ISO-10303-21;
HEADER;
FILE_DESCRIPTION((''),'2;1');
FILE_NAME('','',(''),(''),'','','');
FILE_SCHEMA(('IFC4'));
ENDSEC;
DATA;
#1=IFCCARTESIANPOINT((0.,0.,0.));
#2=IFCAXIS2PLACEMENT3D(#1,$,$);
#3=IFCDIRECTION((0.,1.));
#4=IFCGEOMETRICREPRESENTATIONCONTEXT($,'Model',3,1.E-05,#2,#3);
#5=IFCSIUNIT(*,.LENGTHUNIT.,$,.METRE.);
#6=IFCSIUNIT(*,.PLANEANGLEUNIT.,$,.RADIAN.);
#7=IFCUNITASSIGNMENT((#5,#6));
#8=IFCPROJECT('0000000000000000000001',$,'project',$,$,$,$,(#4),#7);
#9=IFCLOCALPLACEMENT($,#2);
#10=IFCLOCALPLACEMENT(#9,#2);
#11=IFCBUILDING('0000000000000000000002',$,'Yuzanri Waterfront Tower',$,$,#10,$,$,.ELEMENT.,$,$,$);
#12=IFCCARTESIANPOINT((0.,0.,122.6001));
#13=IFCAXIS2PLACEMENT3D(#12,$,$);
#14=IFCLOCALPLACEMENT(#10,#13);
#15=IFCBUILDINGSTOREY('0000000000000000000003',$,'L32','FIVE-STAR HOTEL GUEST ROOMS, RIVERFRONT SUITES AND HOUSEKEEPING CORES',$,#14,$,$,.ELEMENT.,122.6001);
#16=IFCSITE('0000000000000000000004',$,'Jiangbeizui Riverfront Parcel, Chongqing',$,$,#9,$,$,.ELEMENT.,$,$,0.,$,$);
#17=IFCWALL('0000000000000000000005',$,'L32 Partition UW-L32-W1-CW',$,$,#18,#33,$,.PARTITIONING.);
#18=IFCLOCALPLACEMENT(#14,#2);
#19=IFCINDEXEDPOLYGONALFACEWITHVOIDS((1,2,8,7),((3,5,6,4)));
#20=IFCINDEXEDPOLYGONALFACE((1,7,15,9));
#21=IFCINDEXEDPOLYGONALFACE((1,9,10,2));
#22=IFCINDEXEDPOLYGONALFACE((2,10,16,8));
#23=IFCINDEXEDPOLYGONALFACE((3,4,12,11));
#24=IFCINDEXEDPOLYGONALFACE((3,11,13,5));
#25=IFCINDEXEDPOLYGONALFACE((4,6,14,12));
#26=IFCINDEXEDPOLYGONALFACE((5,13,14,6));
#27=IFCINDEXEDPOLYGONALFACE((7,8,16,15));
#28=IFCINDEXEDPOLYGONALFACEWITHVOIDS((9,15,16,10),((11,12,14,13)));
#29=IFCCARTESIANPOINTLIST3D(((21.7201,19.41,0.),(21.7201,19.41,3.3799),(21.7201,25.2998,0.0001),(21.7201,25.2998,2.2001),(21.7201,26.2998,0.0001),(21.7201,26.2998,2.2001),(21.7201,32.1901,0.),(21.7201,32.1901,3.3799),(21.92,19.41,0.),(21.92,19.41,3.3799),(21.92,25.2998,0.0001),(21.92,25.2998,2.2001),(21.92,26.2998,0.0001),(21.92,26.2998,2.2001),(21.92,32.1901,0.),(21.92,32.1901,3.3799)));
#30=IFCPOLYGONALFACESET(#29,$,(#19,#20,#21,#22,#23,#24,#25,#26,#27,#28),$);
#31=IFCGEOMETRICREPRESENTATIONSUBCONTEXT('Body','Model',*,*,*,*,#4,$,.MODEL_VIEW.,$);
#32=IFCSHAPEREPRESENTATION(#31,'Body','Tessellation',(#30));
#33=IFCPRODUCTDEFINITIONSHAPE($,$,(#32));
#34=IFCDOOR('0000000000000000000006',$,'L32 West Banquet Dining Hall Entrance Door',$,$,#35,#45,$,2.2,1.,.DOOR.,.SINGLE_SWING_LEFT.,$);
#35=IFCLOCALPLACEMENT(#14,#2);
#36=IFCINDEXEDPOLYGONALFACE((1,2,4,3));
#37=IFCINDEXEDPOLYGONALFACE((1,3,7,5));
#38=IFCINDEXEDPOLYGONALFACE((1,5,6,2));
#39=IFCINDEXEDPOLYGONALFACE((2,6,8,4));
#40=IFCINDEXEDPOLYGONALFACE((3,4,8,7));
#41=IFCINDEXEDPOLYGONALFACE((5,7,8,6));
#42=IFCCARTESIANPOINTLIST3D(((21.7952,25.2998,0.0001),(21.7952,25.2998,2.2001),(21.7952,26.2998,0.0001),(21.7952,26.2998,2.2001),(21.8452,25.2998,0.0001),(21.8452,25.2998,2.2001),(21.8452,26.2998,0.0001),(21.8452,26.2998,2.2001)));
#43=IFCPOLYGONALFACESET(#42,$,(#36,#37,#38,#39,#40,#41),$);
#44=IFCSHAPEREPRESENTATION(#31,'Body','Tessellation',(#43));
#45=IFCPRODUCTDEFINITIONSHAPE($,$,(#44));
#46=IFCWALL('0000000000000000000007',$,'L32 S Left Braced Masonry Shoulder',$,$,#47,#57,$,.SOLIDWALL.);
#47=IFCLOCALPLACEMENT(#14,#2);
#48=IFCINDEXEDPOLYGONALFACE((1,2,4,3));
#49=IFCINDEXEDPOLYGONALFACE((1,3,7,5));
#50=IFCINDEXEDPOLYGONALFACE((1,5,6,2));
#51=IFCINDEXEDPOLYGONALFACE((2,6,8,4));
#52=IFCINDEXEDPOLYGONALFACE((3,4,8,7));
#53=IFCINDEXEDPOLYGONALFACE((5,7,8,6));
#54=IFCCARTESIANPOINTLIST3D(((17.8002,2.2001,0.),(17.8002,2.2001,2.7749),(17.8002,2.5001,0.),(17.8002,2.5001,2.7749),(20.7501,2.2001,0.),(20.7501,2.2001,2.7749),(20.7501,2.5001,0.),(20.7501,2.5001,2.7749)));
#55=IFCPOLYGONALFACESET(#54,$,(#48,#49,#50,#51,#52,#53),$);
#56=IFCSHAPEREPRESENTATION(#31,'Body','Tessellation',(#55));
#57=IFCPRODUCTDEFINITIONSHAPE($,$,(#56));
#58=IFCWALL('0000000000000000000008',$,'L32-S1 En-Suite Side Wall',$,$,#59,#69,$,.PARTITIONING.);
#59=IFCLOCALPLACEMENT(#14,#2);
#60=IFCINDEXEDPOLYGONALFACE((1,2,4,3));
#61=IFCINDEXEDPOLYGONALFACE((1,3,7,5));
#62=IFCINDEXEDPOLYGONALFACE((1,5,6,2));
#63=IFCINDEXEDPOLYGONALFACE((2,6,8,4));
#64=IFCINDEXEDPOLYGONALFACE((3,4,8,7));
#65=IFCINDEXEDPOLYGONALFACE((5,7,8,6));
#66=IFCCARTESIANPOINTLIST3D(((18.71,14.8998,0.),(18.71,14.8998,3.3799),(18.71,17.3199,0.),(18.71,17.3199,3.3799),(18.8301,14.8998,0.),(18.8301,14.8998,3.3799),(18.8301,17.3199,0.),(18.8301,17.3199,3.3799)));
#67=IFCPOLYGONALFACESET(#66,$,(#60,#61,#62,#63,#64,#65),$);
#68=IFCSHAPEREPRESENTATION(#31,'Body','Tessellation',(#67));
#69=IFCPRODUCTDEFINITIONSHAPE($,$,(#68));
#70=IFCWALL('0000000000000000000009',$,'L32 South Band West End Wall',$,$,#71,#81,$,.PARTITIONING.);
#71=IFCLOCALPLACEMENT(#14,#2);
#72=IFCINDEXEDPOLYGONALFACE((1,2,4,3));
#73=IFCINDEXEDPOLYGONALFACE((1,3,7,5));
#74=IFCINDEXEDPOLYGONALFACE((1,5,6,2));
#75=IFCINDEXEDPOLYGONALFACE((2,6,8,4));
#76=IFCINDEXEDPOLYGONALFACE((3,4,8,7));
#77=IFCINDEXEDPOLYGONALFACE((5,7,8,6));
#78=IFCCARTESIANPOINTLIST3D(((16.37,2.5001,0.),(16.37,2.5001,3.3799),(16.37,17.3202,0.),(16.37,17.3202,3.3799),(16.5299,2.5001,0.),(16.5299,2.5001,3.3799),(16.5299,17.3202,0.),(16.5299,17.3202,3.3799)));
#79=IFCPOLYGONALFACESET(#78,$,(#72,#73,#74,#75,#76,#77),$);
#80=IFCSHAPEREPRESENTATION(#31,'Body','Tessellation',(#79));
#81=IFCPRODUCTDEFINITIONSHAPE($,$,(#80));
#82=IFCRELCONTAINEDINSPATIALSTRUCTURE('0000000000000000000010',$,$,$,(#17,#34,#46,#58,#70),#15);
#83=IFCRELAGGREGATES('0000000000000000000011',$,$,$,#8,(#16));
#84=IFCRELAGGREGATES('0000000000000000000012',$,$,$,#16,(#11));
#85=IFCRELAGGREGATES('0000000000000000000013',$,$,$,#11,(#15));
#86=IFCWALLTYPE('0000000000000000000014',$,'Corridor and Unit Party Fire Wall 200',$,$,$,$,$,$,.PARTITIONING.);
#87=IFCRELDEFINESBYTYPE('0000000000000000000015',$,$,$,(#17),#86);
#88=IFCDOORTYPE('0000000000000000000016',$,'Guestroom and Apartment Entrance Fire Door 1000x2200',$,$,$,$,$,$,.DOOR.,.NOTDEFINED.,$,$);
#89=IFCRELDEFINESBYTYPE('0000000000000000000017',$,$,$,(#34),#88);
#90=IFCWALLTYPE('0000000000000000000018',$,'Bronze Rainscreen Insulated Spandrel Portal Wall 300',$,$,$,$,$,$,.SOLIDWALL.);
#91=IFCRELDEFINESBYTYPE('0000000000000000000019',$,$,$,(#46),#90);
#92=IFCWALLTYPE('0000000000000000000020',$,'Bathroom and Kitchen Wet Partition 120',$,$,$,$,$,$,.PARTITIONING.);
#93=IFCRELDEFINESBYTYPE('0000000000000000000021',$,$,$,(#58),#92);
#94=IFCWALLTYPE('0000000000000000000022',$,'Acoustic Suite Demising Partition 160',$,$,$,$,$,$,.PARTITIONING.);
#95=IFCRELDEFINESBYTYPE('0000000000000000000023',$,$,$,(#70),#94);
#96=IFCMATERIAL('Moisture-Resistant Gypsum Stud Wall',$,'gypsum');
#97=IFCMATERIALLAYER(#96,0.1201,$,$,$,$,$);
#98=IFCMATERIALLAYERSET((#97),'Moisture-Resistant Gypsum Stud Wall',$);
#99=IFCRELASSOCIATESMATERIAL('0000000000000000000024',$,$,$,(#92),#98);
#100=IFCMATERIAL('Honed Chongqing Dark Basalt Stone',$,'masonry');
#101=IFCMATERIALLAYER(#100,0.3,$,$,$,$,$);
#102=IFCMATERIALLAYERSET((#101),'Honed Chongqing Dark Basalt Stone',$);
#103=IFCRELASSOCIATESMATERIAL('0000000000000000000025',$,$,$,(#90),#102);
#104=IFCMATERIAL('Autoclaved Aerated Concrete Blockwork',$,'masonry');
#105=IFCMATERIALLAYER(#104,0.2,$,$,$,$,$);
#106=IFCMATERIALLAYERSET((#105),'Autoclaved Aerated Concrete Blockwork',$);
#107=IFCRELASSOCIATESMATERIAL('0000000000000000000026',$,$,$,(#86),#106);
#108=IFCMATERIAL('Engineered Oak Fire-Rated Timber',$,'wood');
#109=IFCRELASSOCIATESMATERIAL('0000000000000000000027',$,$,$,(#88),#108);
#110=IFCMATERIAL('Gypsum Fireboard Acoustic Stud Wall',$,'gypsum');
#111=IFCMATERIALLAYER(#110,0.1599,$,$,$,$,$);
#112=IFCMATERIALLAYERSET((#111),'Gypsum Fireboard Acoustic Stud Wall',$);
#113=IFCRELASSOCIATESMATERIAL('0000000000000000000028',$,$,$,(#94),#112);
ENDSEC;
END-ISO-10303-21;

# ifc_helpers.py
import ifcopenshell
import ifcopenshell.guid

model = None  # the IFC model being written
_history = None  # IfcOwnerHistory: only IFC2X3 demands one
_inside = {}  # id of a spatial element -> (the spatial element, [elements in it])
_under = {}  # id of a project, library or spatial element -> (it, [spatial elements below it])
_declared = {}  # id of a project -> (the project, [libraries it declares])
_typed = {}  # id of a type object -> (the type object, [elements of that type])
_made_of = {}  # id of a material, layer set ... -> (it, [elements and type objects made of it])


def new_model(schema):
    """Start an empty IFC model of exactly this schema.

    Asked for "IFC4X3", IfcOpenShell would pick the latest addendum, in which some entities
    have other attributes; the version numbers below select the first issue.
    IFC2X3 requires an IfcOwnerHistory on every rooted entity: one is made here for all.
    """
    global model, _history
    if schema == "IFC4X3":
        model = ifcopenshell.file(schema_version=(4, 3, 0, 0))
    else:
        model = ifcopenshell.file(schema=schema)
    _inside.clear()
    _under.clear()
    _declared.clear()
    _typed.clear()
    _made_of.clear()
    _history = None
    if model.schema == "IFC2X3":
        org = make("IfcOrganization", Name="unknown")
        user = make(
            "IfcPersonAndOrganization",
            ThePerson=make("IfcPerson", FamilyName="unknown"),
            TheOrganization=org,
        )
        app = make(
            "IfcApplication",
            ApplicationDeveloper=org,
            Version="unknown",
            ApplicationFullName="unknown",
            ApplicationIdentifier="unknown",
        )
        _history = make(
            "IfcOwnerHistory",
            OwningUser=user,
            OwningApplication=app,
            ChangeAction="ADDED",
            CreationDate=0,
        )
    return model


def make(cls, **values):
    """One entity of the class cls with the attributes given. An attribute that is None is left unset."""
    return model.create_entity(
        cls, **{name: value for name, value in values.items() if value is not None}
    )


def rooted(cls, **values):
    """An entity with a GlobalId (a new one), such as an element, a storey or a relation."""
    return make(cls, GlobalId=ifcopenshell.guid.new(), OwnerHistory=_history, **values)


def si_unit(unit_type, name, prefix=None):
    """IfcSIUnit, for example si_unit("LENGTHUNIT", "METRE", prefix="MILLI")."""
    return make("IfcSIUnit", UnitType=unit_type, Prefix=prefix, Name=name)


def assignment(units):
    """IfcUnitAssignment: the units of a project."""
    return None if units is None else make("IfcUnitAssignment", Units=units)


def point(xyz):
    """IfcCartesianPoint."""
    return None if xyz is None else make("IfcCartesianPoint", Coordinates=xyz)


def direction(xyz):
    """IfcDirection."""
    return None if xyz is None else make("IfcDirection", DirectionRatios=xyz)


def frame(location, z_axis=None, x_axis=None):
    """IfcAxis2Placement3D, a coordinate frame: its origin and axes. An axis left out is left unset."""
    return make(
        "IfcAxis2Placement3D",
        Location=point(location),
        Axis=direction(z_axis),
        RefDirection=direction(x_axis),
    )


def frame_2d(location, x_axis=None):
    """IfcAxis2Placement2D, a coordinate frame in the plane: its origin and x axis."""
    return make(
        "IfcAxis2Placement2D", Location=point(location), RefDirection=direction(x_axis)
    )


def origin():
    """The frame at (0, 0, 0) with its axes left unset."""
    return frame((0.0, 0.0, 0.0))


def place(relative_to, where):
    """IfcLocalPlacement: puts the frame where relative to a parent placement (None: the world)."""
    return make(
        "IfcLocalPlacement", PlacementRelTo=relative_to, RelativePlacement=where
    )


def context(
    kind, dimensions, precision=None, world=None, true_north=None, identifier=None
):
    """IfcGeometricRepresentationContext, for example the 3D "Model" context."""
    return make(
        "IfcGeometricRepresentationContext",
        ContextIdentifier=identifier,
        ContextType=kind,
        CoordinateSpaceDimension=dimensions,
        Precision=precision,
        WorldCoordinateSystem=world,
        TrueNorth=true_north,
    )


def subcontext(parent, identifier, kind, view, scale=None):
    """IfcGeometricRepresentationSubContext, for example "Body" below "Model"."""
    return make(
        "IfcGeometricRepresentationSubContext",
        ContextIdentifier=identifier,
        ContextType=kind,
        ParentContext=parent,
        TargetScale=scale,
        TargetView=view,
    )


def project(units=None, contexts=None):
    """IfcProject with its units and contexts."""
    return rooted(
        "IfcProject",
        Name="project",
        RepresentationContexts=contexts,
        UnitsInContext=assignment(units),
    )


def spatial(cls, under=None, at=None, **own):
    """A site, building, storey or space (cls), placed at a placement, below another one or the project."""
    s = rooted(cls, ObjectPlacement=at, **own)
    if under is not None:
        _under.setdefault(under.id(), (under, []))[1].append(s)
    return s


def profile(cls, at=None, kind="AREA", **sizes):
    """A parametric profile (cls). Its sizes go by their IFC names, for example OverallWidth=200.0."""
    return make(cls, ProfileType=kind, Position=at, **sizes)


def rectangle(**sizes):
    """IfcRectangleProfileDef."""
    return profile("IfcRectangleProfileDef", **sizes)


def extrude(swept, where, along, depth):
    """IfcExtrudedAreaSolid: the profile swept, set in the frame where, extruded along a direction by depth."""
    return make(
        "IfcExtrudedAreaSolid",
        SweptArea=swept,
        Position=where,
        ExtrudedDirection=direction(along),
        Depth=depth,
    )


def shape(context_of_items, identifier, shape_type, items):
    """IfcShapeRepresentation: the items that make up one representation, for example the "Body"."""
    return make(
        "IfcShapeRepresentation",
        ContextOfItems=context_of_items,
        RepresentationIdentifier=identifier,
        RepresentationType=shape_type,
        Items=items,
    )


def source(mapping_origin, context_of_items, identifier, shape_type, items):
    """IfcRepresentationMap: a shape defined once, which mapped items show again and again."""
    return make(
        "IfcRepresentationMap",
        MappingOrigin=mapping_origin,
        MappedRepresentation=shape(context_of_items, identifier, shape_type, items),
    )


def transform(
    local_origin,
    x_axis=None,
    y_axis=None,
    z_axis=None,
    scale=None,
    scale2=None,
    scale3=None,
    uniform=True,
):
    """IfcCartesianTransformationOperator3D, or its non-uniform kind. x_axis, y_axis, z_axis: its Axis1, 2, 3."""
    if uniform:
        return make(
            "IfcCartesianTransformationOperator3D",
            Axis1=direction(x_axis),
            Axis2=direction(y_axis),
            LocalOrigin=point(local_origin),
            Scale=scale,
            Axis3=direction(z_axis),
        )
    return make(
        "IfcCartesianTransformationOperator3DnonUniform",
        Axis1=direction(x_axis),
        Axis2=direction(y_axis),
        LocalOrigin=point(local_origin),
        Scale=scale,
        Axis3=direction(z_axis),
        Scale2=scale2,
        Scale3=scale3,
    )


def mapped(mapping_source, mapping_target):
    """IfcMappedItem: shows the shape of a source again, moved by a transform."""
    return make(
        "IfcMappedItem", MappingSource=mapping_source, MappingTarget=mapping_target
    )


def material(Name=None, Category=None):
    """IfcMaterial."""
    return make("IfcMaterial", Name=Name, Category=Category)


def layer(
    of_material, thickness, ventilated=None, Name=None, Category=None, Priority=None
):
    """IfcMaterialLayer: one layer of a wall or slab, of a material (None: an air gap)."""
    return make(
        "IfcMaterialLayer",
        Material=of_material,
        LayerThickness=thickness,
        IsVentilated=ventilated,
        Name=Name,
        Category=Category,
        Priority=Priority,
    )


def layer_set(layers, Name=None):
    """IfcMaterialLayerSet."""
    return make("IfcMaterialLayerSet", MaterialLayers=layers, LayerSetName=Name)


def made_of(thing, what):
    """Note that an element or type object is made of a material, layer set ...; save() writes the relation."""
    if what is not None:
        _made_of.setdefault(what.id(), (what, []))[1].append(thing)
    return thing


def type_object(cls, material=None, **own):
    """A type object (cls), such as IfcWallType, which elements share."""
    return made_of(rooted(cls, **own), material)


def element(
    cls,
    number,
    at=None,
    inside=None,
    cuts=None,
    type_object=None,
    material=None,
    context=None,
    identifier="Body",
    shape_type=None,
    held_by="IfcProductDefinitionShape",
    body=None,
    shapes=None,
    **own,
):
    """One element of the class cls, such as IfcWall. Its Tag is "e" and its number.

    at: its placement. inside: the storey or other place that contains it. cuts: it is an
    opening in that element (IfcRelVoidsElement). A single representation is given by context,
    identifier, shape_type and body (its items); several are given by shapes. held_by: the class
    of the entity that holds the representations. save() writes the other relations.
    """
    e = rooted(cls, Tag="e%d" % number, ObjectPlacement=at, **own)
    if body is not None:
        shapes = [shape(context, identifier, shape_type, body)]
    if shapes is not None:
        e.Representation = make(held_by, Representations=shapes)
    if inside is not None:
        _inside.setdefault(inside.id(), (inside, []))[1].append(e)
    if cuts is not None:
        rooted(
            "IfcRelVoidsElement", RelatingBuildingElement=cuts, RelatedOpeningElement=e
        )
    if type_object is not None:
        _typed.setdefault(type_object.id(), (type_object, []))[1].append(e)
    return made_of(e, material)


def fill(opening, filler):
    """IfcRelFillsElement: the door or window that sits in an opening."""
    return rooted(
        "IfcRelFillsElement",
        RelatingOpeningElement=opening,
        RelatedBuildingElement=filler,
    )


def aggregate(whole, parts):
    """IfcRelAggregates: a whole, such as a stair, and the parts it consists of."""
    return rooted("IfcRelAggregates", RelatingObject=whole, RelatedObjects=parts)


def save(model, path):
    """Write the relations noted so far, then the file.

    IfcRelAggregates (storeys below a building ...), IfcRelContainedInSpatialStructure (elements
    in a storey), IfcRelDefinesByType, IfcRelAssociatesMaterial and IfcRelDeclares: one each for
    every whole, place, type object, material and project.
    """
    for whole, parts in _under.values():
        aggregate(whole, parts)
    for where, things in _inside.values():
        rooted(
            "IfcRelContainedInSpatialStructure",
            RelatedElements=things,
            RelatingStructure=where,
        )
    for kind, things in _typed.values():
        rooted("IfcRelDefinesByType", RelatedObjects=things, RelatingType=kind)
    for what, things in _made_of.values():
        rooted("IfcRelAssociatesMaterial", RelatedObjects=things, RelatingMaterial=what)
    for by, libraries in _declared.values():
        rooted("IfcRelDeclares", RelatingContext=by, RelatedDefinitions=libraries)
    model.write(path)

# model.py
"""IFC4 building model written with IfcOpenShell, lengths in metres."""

from ifc_helpers import new_model, si_unit, direction, frame, frame_2d, origin, place, context, subcontext, project, spatial, rectangle, extrude, source, transform, mapped, material, layer, layer_set, type_object, element, fill, save


model = new_model("IFC4")

# Units and contexts
model_context = context("Model", 3, precision=1e-05, world=origin(), true_north=direction((0.0, 1.0)))
body_context = subcontext(model_context, "Body", "Model", "MODEL_VIEW")
ifc_project = project(units=[si_unit("LENGTHUNIT", "METRE"), si_unit("PLANEANGLEUNIT", "RADIAN")], contexts=[model_context])

# Site, building, storey
site_placement = place(None, origin())
site = spatial("IfcSite", under=ifc_project, at=site_placement, Name="Jiangbeizui Riverfront Parcel, Chongqing", CompositionType="ELEMENT", RefElevation=0.0)
building_placement = place(site_placement, origin())
building = spatial("IfcBuilding", under=site, at=building_placement, Name="Yuzanri Waterfront Tower", CompositionType="ELEMENT")
storey_placement = place(building_placement, frame((0.0, 0.0, 122.6001)))
storey = spatial("IfcBuildingStorey", under=building, at=storey_placement, Name="L32", Description="FIVE-STAR HOTEL GUEST ROOMS, RIVERFRONT SUITES AND HOUSEKEEPING CORES", CompositionType="ELEMENT", Elevation=122.6001)

# Shared definitions
ifc_material_1 = material(Name="Moisture-Resistant Gypsum Stud Wall", Category="gypsum")
ifc_layer_1 = layer(ifc_material_1, 0.1201)
ifc_layer_set_1 = layer_set([ifc_layer_1], Name="Moisture-Resistant Gypsum Stud Wall")
wall_type_1 = type_object("IfcWallType", Name="Bathroom and Kitchen Wet Partition 120", PredefinedType="PARTITIONING", material=ifc_layer_set_1)

# Shared definitions
ifc_material_2 = material(Name="Honed Chongqing Dark Basalt Stone", Category="masonry")
ifc_layer_2 = layer(ifc_material_2, 0.3)
ifc_layer_set_2 = layer_set([ifc_layer_2], Name="Honed Chongqing Dark Basalt Stone")
wall_type_2 = type_object("IfcWallType", Name="Bronze Rainscreen Insulated Spandrel Portal Wall 300", PredefinedType="SOLIDWALL", material=ifc_layer_set_2)

# Wall, opening, door
ifc_material_3 = material(Name="Autoclaved Aerated Concrete Blockwork", Category="masonry")
ifc_layer_3 = layer(ifc_material_3, 0.2)
ifc_layer_set_3 = layer_set([ifc_layer_3], Name="Autoclaved Aerated Concrete Blockwork")
wall_type_3 = type_object("IfcWallType", Name="Corridor and Unit Party Fire Wall 200", PredefinedType="PARTITIONING", material=ifc_layer_set_3)
ifc_material_4 = material(Name="Engineered Oak Fire-Rated Timber", Category="wood")
door_type_1 = type_object("IfcDoorType", Name="Guestroom and Apartment Entrance Fire Door 1000x2200", OperationType="NOTDEFINED", PredefinedType="DOOR", material=ifc_material_4)
shared_shape_1 = source(origin(), body_context, "Body", "SweptSolid", [
    extrude(rectangle(XDim=1.0, YDim=2.2, at=frame_2d((0.5, 1.1001))), frame((0.0, 0.0249, 0.0), z_axis=(0.0, -1.0, 0.0), x_axis=(1.0, 0.0, 0.0)), (0.0, 0.0, 1.0), 0.05),
])
wall_1_placement = place(storey_placement, frame((21.8201, 19.4099, 0.0), z_axis=(0.0, 0.0, 1.0), x_axis=(0.0, 1.0, 0.0)))
wall_1 = element("IfcWall", 1, at=wall_1_placement, inside=storey, type_object=wall_type_3, Name="L32 Partition UW-L32-W1-CW", PredefinedType="PARTITIONING", context=body_context, shape_type="SweptSolid", body=[
    extrude(rectangle(XDim=12.78, YDim=0.2, at=frame_2d((6.3901, 0.0))), origin(), (0.0, 0.0, 1.0), 3.3799),
])
opening_1_placement = place(wall_1_placement, frame((5.8899, 0.0, 0.0)))
opening_1 = element("IfcOpeningElement", 2, at=opening_1_placement, cuts=wall_1, PredefinedType="OPENING", context=body_context, shape_type="SweptSolid", body=[
    extrude(rectangle(XDim=1.0, YDim=2.2, at=frame_2d((0.5, 1.1001))), frame((0.0, 0.1147, 0.0), z_axis=(0.0, -1.0, 0.0), x_axis=(1.0, 0.0, 0.0)), (0.0, 0.0, 1.0), 0.2297),
])
door_1_placement = place(opening_1_placement, origin())
door_1 = element("IfcDoor", 3, at=door_1_placement, inside=storey, type_object=door_type_1, Name="L32 West Banquet Dining Hall Entrance Door", OperationType="SINGLE_SWING_LEFT", OverallHeight=2.2, OverallWidth=1.0, PredefinedType="DOOR", context=body_context, shape_type="MappedRepresentation", body=[
    mapped(shared_shape_1, transform((0.0, 0.0, 0.0), scale=1.0)),
])
fill(opening_1, door_1)

# Walls
shared_shape_2 = source(origin(), body_context, "Body", "SweptSolid", [
    extrude(rectangle(XDim=2.95, YDim=0.3, at=frame_2d((1.4751, 0.0))), origin(), (0.0, 0.0, 1.0), 2.7749),
])
wall_2_placement = place(storey_placement, frame((17.8, 2.3501, 0.0), z_axis=(0.0, 0.0, 1.0), x_axis=(1.0, 0.0, 0.0)))
element("IfcWall", 4, at=wall_2_placement, inside=storey, type_object=wall_type_2, Name="L32 S Left Braced Masonry Shoulder", PredefinedType="SOLIDWALL", context=body_context, shape_type="MappedRepresentation", body=[
    mapped(shared_shape_2, transform((0.0, 0.0, 0.0), scale=1.0)),
])
shared_shape_3 = source(origin(), body_context, "Body", "SweptSolid", [
    extrude(rectangle(XDim=2.4202, YDim=0.1201, at=frame_2d((1.21, 0.0))), origin(), (0.0, 0.0, 1.0), 3.3799),
])
wall_3_placement = place(storey_placement, frame((18.77, 14.8999, 0.0), z_axis=(0.0, 0.0, 1.0), x_axis=(0.0, 1.0, 0.0)))
element("IfcWall", 5, at=wall_3_placement, inside=storey, type_object=wall_type_1, Name="L32-S1 En-Suite Side Wall", PredefinedType="PARTITIONING", context=body_context, shape_type="MappedRepresentation", body=[
    mapped(shared_shape_3, transform((0.0, 0.0, 0.0), scale=1.0)),
])
ifc_material_5 = material(Name="Gypsum Fireboard Acoustic Stud Wall", Category="gypsum")
ifc_layer_4 = layer(ifc_material_5, 0.1599)
ifc_layer_set_4 = layer_set([ifc_layer_4], Name="Gypsum Fireboard Acoustic Stud Wall")
wall_type_4 = type_object("IfcWallType", Name="Acoustic Suite Demising Partition 160", PredefinedType="PARTITIONING", material=ifc_layer_set_4)
shared_shape_4 = source(origin(), body_context, "Body", "SweptSolid", [
    extrude(rectangle(XDim=14.8201, YDim=0.1599, at=frame_2d((7.4102, 0.0))), origin(), (0.0, 0.0, 1.0), 3.3799),
])
wall_4_placement = place(storey_placement, frame((16.45, 2.5, 0.0), z_axis=(0.0, 0.0, 1.0), x_axis=(0.0, 1.0, 0.0)))
element("IfcWall", 6, at=wall_4_placement, inside=storey, type_object=wall_type_4, Name="L32 South Band West End Wall", PredefinedType="PARTITIONING", context=body_context, shape_type="MappedRepresentation", body=[
    mapped(shared_shape_4, transform((0.0, 0.0, 0.0), scale=1.0)),
])

save(model, "model.ifc")
